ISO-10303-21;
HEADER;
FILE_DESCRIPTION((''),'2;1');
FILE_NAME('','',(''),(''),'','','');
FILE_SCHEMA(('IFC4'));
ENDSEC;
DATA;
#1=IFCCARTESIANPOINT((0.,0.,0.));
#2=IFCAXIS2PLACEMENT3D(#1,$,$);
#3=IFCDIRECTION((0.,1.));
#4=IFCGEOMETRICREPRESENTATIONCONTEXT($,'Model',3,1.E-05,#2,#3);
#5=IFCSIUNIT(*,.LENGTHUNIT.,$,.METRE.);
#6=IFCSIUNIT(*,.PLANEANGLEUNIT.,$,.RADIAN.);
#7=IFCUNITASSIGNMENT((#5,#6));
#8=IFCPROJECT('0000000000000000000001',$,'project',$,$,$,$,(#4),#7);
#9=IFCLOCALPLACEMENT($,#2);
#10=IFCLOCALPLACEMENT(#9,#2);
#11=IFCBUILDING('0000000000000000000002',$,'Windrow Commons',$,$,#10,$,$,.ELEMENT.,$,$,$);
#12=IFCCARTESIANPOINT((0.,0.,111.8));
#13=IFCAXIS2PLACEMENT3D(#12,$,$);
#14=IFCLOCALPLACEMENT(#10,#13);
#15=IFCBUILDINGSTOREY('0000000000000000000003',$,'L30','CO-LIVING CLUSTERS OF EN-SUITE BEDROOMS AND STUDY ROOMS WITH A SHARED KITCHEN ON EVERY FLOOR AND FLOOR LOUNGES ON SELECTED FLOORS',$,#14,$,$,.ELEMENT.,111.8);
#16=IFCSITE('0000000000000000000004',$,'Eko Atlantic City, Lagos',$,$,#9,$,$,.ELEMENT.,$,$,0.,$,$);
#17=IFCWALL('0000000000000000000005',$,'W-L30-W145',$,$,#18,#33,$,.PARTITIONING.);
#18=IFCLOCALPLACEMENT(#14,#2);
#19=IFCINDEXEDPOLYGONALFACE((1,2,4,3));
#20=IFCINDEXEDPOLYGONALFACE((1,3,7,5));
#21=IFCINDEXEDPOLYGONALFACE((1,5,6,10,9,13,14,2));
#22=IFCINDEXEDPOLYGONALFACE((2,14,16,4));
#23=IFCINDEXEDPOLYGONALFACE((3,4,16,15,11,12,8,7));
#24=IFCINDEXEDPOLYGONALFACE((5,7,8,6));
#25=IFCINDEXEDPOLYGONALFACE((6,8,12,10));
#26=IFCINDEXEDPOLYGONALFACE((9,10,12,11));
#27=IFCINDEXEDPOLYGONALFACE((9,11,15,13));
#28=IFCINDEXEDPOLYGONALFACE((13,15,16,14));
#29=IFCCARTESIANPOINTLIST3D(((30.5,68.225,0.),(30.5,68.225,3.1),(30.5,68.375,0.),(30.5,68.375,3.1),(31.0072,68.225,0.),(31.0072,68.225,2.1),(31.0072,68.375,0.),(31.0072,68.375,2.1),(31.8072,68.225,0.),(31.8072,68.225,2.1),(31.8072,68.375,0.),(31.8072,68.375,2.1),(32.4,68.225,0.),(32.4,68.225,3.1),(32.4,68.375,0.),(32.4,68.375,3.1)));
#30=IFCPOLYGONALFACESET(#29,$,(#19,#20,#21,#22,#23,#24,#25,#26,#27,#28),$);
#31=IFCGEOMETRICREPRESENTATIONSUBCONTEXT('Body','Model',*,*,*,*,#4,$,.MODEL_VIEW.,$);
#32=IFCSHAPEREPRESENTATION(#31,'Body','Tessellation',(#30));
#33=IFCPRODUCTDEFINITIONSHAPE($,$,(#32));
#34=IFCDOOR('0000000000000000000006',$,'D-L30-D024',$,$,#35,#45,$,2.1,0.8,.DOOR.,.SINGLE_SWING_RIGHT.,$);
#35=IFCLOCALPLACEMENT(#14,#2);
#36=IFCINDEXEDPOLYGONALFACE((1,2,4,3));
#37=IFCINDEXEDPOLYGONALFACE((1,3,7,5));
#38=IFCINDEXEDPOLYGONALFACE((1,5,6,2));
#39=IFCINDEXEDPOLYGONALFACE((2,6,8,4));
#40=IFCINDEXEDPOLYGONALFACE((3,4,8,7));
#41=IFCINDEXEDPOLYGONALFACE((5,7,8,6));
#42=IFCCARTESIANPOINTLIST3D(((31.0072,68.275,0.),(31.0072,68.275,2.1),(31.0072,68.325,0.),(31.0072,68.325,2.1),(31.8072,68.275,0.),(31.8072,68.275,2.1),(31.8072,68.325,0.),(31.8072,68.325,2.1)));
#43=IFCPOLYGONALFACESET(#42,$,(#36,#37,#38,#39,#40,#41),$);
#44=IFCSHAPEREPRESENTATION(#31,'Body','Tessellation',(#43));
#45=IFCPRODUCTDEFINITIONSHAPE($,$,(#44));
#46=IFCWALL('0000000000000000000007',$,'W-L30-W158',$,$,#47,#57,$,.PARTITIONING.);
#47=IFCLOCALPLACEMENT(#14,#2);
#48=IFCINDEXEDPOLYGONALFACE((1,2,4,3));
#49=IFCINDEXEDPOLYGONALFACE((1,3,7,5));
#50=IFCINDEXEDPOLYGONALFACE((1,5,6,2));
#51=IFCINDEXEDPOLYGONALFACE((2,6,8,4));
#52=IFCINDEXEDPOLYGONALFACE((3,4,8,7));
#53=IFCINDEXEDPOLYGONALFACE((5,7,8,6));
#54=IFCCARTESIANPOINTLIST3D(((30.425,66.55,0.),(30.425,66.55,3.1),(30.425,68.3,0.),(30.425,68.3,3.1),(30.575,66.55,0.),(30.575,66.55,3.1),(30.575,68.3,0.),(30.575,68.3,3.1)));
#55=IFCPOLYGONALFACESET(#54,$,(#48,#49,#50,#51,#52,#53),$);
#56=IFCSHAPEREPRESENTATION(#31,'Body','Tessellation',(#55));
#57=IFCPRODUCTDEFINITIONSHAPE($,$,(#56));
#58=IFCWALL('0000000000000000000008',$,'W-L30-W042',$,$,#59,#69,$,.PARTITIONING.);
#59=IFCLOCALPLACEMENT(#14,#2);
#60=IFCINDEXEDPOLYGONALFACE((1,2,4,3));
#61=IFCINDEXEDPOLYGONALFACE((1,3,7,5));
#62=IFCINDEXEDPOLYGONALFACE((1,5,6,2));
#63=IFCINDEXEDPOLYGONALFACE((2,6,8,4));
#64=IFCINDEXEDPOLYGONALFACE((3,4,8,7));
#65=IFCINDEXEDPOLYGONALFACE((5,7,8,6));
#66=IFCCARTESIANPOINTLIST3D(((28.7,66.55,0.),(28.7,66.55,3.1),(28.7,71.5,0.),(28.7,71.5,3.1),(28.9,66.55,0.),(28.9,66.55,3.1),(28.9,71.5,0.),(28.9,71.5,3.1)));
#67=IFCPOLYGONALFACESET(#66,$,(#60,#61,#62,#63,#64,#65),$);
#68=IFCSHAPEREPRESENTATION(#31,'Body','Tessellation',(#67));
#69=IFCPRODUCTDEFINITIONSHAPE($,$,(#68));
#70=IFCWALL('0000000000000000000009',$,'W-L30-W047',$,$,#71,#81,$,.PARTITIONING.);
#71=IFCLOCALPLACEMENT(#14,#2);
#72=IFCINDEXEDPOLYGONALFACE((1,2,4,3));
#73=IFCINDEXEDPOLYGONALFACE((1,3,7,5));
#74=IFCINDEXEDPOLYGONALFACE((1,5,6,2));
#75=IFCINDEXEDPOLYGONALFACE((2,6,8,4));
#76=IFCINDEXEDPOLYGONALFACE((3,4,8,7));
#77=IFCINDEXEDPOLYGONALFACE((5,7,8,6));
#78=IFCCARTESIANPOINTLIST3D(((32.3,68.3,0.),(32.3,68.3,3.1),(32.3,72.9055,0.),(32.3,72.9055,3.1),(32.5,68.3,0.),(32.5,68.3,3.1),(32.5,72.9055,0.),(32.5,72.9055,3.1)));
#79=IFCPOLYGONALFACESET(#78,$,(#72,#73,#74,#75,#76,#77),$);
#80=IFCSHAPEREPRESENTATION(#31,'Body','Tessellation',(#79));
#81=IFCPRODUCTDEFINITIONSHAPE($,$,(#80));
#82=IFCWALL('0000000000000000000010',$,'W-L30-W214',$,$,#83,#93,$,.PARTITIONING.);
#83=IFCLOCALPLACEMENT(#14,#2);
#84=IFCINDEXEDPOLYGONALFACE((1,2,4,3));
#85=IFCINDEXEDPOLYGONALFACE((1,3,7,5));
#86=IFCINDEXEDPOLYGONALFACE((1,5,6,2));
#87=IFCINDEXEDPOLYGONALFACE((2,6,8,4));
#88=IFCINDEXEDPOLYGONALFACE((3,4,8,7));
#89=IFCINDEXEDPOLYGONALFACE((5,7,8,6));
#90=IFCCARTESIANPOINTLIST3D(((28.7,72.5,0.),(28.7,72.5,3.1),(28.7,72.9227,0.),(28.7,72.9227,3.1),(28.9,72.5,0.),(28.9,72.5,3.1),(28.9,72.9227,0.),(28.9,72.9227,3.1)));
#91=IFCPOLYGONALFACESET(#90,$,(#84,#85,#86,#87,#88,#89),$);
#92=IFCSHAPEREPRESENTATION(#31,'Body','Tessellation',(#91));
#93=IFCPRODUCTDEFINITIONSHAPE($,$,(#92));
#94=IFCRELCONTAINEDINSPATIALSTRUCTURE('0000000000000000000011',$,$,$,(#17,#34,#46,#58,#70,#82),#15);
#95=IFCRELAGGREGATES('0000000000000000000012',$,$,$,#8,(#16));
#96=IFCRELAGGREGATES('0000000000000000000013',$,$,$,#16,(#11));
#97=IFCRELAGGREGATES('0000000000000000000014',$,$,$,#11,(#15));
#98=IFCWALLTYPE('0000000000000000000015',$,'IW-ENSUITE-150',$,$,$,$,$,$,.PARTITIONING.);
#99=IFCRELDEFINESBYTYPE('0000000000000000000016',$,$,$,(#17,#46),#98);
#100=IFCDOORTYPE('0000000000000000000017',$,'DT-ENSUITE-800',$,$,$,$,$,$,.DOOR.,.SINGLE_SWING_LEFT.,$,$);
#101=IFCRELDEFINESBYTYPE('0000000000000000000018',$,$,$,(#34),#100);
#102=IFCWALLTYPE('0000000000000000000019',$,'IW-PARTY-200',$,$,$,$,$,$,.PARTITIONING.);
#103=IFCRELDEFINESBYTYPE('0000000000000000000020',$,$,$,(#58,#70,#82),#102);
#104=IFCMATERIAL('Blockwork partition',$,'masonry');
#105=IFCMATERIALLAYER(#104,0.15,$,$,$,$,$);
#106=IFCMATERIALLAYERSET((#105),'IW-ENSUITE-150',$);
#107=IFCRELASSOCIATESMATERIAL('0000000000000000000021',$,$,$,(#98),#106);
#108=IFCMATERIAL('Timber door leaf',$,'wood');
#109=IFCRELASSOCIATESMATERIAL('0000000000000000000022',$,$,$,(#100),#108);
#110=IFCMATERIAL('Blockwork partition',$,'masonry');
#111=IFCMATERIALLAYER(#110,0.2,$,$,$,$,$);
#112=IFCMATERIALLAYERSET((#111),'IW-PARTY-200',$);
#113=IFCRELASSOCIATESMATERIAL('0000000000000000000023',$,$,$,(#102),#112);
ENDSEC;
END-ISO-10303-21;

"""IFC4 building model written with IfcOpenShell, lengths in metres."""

from ifc_helpers import new_model, si_unit, direction, frame, frame_2d, origin, place, context, subcontext, project, spatial, rectangle, extrude, material, layer, layer_set, type_object, element, fill, save


model = new_model("IFC4")

# Units and contexts
model_context = context("Model", 3, precision=1e-05, world=origin(), true_north=direction((0.0, 1.0)))
body_context = subcontext(model_context, "Body", "Model", "MODEL_VIEW")
ifc_project = project(units=[si_unit("LENGTHUNIT", "METRE"), si_unit("PLANEANGLEUNIT", "RADIAN")], contexts=[model_context])

# Site, building, storey
site_placement = place(None, origin())
site = spatial("IfcSite", under=ifc_project, at=site_placement, Name="Eko Atlantic City, Lagos", CompositionType="ELEMENT", RefElevation=0.0)
building_placement = place(site_placement, origin())
building = spatial("IfcBuilding", under=site, at=building_placement, Name="Windrow Commons", CompositionType="ELEMENT")
storey_placement = place(building_placement, frame((0.0, 0.0, 111.8)))
storey = spatial("IfcBuildingStorey", under=building, at=storey_placement, Name="L30", Description="CO-LIVING CLUSTERS OF EN-SUITE BEDROOMS AND STUDY ROOMS WITH A SHARED KITCHEN ON EVERY FLOOR AND FLOOR LOUNGES ON SELECTED FLOORS", CompositionType="ELEMENT", Elevation=111.8)

# Shared definitions
ifc_material_1 = material(Name="Blockwork partition", Category="masonry")
ifc_layer_1 = layer(ifc_material_1, 0.15)
ifc_layer_set_1 = layer_set([ifc_layer_1], Name="IW-ENSUITE-150")
wall_type_1 = type_object("IfcWallType", Name="IW-ENSUITE-150", PredefinedType="PARTITIONING", material=ifc_layer_set_1)

# Wall, opening, door
wall_1_placement = place(storey_placement, frame((30.5, 68.3, 0.0), z_axis=(0.0, 0.0, 1.0), x_axis=(1.0, 0.0, 0.0)))
wall_1 = element("IfcWall", 1, at=wall_1_placement, inside=storey, type_object=wall_type_1, Name="W-L30-W145", PredefinedType="PARTITIONING", context=body_context, shape_type="SweptSolid", body=[
    extrude(rectangle(XDim=1.9, YDim=0.15, at=frame_2d((0.95, 0.0))), origin(), (0.0, 0.0, 1.0), 3.1),
])
opening_1_placement = place(wall_1_placement, frame((0.5072, 0.0, 0.0)))
opening_1 = element("IfcOpeningElement", 2, at=opening_1_placement, cuts=wall_1, PredefinedType="OPENING", context=body_context, shape_type="SweptSolid", body=[
    extrude(rectangle(XDim=0.8, YDim=2.1, at=frame_2d((0.4, 1.05))), frame((0.0, 0.085, 0.0), z_axis=(0.0, -1.0, 0.0), x_axis=(1.0, 0.0, 0.0)), (0.0, 0.0, 1.0), 0.17),
])
ifc_material_2 = material(Name="Timber door leaf", Category="wood")
door_type_1 = type_object("IfcDoorType", Name="DT-ENSUITE-800", OperationType="SINGLE_SWING_LEFT", PredefinedType="DOOR", material=ifc_material_2)
door_1_placement = place(opening_1_placement, origin())
door_1 = element("IfcDoor", 3, at=door_1_placement, inside=storey, type_object=door_type_1, Name="D-L30-D024", OperationType="SINGLE_SWING_RIGHT", OverallHeight=2.1, OverallWidth=0.8, PredefinedType="DOOR", context=body_context, shape_type="SweptSolid", body=[
    extrude(rectangle(XDim=0.8, YDim=2.1, at=frame_2d((0.4, 1.05))), frame((0.0, 0.025, 0.0), z_axis=(0.0, -1.0, 0.0), x_axis=(1.0, 0.0, 0.0)), (0.0, 0.0, 1.0), 0.05),
])
fill(opening_1, door_1)

# Walls
wall_2_placement = place(storey_placement, frame((30.5, 66.55, 0.0), z_axis=(0.0, 0.0, 1.0), x_axis=(0.0, 1.0, 0.0)))
element("IfcWall", 4, at=wall_2_placement, inside=storey, type_object=wall_type_1, Name="W-L30-W158", PredefinedType="PARTITIONING", context=body_context, shape_type="SweptSolid", body=[
    extrude(rectangle(XDim=1.75, YDim=0.15, at=frame_2d((0.875, 0.0))), origin(), (0.0, 0.0, 1.0), 3.1),
])
ifc_material_3 = material(Name="Blockwork partition", Category="masonry")
ifc_layer_2 = layer(ifc_material_3, 0.2)
ifc_layer_set_2 = layer_set([ifc_layer_2], Name="IW-PARTY-200")
wall_type_2 = type_object("IfcWallType", Name="IW-PARTY-200", PredefinedType="PARTITIONING", material=ifc_layer_set_2)
wall_3_placement = place(storey_placement, frame((28.8, 66.55, 0.0), z_axis=(0.0, 0.0, 1.0), x_axis=(0.0, 1.0, 0.0)))
element("IfcWall", 5, at=wall_3_placement, inside=storey, type_object=wall_type_2, Name="W-L30-W042", PredefinedType="PARTITIONING", context=body_context, shape_type="SweptSolid", body=[
    extrude(rectangle(XDim=4.95, YDim=0.2, at=frame_2d((2.475, 0.0))), origin(), (0.0, 0.0, 1.0), 3.1),
])
wall_4_placement = place(storey_placement, frame((32.4, 68.3, 0.0), z_axis=(0.0, 0.0, 1.0), x_axis=(0.0, 1.0, 0.0)))
element("IfcWall", 6, at=wall_4_placement, inside=storey, type_object=wall_type_2, Name="W-L30-W047", PredefinedType="PARTITIONING", context=body_context, shape_type="SweptSolid", body=[
    extrude(rectangle(XDim=4.6055, YDim=0.2, at=frame_2d((2.3028, 0.0))), origin(), (0.0, 0.0, 1.0), 3.1),
])
wall_5_placement = place(storey_placement, frame((28.8, 72.5, 0.0), z_axis=(0.0, 0.0, 1.0), x_axis=(0.0, 1.0, 0.0)))
element("IfcWall", 7, at=wall_5_placement, inside=storey, type_object=wall_type_2, Name="W-L30-W214", PredefinedType="PARTITIONING", context=body_context, shape_type="SweptSolid", body=[
    extrude(rectangle(XDim=0.4227, YDim=0.2, at=frame_2d((0.2114, 0.0))), origin(), (0.0, 0.0, 1.0), 3.1),
])

save(model, "model.ifc")
